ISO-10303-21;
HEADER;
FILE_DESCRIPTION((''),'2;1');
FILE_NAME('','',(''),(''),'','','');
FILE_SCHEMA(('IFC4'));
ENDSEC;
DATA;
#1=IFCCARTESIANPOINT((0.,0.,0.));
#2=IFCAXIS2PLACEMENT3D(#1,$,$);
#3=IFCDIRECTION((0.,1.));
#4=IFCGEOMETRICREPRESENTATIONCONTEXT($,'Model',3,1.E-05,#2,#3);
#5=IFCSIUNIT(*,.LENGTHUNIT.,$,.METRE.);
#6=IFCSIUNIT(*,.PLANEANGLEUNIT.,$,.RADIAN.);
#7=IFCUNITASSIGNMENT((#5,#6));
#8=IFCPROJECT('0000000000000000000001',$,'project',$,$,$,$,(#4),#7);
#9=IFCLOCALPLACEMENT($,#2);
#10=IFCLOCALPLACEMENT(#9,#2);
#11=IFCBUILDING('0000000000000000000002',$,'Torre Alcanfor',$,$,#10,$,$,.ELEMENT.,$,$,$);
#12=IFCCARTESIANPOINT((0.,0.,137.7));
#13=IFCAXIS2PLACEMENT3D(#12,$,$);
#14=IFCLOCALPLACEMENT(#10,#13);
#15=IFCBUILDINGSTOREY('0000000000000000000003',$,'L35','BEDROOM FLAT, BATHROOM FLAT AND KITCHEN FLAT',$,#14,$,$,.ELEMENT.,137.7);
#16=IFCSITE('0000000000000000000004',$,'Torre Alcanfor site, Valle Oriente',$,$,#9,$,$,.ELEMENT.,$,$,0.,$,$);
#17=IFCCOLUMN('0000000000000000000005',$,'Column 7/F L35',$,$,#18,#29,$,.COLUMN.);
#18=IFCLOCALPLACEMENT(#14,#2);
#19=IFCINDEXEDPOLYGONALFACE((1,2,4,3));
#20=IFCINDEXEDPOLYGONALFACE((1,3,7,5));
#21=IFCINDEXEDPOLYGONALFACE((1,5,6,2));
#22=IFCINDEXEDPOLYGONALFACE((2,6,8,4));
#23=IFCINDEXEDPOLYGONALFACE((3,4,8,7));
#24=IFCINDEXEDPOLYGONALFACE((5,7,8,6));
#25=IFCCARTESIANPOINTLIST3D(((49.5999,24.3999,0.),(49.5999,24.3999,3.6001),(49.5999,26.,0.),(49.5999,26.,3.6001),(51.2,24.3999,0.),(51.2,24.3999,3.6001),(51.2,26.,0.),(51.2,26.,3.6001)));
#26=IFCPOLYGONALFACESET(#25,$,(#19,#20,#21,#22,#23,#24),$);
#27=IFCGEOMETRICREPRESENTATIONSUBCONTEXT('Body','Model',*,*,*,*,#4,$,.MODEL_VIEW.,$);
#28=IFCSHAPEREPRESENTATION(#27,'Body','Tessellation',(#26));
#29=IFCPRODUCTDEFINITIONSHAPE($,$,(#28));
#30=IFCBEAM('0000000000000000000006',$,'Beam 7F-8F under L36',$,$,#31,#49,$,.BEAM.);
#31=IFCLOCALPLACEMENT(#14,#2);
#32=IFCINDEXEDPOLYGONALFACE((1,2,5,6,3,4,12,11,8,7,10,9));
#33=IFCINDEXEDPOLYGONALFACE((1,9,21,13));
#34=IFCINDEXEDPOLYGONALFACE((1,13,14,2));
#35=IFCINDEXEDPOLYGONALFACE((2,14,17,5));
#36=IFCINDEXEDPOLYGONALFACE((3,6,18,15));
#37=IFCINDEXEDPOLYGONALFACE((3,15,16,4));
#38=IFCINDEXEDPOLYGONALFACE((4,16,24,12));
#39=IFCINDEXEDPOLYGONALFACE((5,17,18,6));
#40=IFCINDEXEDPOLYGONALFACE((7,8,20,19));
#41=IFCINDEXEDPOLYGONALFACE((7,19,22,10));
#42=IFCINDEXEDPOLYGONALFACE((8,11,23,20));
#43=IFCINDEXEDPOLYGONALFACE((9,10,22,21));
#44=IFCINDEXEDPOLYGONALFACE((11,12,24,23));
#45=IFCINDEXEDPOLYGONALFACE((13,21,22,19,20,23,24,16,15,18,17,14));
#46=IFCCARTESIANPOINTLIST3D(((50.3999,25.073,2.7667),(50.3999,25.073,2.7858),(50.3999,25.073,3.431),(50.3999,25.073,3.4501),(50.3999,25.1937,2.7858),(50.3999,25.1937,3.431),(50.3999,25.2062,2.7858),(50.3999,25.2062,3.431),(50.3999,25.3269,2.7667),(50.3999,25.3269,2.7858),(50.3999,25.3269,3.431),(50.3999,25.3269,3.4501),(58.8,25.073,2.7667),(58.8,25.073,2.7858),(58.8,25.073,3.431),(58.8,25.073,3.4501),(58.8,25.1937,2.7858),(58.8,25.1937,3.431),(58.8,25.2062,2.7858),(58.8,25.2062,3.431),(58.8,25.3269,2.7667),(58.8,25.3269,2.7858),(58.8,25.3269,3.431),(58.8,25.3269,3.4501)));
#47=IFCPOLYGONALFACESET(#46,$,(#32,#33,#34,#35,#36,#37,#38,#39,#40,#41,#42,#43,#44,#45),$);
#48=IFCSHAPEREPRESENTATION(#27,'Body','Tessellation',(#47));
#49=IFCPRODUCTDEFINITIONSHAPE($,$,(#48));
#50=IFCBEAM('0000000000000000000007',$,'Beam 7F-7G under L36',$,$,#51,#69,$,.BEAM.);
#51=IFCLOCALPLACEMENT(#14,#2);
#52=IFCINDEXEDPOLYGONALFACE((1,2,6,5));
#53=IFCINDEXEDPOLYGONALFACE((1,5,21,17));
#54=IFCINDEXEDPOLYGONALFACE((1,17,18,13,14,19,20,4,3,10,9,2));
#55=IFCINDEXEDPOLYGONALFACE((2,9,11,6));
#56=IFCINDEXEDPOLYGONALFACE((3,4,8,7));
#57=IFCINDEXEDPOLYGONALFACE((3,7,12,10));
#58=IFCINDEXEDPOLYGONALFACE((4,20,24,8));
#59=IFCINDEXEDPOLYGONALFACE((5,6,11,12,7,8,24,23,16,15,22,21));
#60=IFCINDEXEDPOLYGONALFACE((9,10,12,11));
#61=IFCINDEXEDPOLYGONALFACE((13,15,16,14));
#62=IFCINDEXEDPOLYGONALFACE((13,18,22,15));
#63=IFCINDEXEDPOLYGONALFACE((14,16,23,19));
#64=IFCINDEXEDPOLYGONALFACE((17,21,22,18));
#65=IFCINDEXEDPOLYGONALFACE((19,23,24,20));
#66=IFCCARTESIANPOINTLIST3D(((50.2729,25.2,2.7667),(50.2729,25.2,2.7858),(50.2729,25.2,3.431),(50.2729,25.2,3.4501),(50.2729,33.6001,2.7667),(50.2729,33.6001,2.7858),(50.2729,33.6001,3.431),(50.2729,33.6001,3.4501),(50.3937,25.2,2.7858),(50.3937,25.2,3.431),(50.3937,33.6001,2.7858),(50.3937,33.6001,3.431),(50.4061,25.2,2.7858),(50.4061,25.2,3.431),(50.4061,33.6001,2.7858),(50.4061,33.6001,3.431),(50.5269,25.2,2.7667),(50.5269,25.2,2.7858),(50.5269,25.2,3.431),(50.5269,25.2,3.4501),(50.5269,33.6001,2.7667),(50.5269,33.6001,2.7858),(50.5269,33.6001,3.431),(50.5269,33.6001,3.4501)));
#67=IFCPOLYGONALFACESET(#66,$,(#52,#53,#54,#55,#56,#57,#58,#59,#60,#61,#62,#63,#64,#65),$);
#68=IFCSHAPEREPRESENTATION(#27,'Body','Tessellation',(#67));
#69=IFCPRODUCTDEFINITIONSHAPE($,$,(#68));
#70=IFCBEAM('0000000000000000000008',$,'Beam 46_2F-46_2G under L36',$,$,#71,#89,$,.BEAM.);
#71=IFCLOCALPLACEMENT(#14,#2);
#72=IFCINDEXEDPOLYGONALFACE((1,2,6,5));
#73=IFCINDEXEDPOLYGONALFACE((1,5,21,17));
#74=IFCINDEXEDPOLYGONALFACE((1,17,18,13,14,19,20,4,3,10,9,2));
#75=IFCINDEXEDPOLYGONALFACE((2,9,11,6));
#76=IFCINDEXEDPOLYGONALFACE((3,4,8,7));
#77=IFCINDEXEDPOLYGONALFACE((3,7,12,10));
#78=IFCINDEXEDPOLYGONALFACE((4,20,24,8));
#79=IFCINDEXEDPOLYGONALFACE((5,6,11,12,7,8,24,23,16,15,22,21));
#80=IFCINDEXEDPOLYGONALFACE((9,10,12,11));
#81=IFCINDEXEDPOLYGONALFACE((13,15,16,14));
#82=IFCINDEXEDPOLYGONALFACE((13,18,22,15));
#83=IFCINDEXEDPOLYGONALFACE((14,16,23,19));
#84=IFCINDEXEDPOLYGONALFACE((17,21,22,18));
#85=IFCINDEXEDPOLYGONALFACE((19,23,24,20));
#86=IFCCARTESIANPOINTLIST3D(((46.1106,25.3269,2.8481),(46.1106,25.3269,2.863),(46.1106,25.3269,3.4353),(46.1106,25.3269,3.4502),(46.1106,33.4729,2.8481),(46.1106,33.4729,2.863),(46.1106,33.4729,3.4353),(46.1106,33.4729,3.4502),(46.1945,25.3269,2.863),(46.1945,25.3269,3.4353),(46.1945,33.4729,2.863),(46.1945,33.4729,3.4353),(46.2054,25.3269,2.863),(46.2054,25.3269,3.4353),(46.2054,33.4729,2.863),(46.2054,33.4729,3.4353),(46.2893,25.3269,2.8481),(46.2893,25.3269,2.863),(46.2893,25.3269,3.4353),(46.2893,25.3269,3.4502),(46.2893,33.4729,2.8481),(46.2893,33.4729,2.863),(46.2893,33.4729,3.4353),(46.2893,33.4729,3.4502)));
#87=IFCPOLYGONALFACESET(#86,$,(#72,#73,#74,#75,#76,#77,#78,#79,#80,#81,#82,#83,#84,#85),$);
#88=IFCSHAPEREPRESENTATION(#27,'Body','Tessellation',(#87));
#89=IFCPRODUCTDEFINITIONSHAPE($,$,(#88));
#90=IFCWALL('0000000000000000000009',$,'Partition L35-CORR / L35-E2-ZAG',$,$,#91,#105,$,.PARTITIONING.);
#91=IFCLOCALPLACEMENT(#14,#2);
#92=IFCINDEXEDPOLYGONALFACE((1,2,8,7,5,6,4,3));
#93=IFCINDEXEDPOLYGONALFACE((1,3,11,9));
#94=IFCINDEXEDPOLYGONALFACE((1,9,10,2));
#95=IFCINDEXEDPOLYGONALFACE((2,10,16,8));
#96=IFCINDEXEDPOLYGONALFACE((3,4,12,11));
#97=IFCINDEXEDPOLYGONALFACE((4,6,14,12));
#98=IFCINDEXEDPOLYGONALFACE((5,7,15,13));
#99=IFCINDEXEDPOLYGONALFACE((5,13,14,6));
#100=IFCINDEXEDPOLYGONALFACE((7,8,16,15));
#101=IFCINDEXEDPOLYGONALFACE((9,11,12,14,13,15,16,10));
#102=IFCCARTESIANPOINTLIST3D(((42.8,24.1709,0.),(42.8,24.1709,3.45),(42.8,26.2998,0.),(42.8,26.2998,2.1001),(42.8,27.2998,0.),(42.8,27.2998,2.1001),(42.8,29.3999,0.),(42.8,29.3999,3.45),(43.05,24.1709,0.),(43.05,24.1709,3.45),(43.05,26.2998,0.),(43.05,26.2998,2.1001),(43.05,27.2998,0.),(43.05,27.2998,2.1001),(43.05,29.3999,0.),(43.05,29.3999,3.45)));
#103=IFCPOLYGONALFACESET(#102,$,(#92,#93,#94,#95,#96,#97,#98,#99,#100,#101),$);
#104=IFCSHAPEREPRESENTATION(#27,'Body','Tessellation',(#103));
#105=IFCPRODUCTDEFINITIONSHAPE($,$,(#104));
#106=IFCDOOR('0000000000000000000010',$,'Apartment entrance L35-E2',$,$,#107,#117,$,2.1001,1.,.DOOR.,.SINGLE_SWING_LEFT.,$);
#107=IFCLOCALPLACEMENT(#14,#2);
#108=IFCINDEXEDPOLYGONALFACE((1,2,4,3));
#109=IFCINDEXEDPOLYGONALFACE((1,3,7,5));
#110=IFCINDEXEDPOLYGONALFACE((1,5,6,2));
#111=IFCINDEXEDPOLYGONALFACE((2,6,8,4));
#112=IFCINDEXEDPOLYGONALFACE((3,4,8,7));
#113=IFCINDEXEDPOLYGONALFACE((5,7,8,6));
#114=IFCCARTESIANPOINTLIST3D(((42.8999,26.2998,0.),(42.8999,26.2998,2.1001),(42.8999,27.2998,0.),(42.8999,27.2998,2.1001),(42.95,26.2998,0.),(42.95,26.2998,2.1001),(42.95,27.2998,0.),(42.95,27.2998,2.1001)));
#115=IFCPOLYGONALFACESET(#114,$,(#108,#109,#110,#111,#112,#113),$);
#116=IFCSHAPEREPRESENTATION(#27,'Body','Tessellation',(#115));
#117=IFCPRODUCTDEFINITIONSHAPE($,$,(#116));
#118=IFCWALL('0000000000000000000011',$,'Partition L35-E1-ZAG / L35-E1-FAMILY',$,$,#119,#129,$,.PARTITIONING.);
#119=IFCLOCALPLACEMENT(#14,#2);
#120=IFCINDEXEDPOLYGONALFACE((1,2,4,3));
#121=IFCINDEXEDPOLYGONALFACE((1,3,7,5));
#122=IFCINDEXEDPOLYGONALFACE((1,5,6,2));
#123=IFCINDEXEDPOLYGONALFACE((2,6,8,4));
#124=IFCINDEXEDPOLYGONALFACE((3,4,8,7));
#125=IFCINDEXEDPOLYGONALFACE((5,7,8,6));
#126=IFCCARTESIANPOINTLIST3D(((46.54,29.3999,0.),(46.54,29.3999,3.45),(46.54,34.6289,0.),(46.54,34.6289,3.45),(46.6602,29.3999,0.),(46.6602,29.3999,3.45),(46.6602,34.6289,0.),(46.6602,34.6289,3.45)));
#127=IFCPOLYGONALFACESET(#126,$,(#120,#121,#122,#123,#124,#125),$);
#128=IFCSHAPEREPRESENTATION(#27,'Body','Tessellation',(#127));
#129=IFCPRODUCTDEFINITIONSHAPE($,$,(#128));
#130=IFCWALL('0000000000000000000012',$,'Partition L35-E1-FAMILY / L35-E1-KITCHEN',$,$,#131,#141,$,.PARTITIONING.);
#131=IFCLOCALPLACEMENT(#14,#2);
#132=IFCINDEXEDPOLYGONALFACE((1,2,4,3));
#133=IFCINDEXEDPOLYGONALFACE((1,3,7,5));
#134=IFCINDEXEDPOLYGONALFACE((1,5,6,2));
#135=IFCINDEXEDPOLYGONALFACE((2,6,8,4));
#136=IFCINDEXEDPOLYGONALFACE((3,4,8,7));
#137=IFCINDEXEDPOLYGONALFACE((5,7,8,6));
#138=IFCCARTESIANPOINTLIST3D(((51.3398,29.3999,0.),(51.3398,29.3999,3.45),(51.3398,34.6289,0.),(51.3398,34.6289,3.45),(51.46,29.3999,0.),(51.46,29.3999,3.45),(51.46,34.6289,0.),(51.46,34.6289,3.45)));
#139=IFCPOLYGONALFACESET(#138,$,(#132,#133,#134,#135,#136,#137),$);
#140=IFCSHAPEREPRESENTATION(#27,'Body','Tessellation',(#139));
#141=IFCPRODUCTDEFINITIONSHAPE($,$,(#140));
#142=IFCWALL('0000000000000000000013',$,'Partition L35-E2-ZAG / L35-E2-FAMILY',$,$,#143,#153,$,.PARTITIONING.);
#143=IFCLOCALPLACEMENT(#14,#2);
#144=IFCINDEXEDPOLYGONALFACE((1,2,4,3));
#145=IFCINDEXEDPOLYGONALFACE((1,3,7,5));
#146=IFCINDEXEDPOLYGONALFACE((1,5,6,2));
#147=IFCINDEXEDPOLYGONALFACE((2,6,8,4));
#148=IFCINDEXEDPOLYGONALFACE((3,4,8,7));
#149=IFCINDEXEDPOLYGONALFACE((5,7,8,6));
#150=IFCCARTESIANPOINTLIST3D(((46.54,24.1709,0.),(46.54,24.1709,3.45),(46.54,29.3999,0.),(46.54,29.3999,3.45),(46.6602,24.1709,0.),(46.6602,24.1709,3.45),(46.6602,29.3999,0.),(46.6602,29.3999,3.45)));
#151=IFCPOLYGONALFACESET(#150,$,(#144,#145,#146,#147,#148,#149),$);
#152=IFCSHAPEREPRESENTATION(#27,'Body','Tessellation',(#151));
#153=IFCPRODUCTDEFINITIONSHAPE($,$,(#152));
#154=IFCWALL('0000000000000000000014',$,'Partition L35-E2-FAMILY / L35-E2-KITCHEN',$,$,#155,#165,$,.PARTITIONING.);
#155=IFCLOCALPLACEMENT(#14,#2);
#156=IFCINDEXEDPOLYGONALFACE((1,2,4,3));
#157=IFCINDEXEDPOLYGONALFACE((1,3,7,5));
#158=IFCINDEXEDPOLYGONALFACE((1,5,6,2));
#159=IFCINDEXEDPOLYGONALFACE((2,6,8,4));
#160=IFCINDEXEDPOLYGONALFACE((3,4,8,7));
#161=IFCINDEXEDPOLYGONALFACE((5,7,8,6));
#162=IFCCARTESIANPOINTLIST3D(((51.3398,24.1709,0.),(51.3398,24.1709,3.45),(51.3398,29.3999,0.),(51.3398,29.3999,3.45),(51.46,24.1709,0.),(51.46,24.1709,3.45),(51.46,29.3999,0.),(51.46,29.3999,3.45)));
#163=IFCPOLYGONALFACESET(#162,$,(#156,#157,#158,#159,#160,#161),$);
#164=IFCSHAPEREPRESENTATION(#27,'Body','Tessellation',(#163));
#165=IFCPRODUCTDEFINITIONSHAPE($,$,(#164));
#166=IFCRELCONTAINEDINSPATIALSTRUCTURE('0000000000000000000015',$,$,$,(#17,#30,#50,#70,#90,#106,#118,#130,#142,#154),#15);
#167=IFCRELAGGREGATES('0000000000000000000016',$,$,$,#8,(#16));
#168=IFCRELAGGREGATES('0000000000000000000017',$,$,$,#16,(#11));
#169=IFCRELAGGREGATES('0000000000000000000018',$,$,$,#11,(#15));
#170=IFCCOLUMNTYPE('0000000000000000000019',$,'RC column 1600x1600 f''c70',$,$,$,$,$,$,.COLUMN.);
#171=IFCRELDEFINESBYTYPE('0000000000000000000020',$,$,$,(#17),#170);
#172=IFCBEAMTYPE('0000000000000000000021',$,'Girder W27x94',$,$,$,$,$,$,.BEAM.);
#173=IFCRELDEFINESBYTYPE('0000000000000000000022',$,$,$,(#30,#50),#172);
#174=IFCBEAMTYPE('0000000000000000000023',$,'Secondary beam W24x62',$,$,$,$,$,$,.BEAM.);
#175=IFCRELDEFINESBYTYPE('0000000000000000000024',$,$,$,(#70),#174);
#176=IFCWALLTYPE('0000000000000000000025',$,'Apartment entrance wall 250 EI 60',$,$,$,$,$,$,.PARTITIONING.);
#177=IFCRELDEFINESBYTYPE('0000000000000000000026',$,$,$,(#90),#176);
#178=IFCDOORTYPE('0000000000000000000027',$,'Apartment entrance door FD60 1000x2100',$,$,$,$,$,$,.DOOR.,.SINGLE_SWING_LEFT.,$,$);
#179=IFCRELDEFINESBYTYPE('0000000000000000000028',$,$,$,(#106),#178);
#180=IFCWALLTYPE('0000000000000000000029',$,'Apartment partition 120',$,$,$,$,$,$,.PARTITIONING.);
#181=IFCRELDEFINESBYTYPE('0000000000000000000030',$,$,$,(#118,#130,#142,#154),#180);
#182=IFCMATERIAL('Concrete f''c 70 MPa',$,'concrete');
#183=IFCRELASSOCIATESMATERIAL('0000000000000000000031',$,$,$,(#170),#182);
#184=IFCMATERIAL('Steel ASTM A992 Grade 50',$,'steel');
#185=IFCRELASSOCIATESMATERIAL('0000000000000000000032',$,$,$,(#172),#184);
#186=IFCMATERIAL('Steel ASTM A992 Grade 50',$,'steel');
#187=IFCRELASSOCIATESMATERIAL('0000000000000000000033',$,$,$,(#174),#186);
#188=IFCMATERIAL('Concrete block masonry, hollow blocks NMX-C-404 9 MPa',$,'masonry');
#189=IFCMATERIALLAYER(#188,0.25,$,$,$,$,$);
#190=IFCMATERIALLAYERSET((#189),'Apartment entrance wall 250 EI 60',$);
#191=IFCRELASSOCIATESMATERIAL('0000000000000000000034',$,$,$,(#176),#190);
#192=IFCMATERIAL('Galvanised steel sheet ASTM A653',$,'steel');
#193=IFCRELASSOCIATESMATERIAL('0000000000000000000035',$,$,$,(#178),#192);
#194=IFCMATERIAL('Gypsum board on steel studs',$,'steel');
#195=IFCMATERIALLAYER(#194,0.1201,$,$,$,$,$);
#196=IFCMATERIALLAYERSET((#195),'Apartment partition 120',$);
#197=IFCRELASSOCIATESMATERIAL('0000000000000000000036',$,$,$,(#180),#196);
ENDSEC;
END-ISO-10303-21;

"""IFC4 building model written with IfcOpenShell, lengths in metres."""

from ifc_helpers import new_model, si_unit, direction, frame, frame_2d, origin, origin_2d, place, context, subcontext, project, spatial, rectangle, i_section, extrude, material, layer, layer_set, material_profile, profile_set, type_object, element, fill, save


model = new_model("IFC4")

# Units and contexts
model_context = context("Model", 3, precision=1e-05, world=origin(), true_north=direction((0.0, 1.0)))
body_context = subcontext(model_context, "Body", "Model", "MODEL_VIEW")
ifc_project = project(units=[si_unit("LENGTHUNIT", "METRE"), si_unit("PLANEANGLEUNIT", "RADIAN")], contexts=[model_context])

# Site, building, storey
site_placement = place(None, origin())
site = spatial("IfcSite", under=ifc_project, at=site_placement, Name="Torre Alcanfor site, Valle Oriente", CompositionType="ELEMENT", RefElevation=0.0)
building_placement = place(site_placement, origin())
building = spatial("IfcBuilding", under=site, at=building_placement, Name="Torre Alcanfor", CompositionType="ELEMENT")
storey_placement = place(building_placement, frame((0.0, 0.0, 137.7)))
storey = spatial("IfcBuildingStorey", under=building, at=storey_placement, Name="L35", Description="BEDROOM FLAT, BATHROOM FLAT AND KITCHEN FLAT", CompositionType="ELEMENT", Elevation=137.7)

# Column
ifc_material_1 = material(Name="Concrete f'c 70 MPa", Category="concrete")
ifc_material_profile_1 = material_profile(ifc_material_1, rectangle(XDim=1.6001, YDim=1.6001, at=origin_2d()), Name="1600x1600")
ifc_profile_set_1 = profile_set([ifc_material_profile_1], Name="Concrete f'c 70 MPa")
column_type = type_object("IfcColumnType", Name="RC column 1600x1600 f'c70", PredefinedType="COLUMN", material=ifc_profile_set_1)
column_placement = place(storey_placement, frame((50.3999, 25.2, 0.0), z_axis=(0.0, 0.0, 1.0), x_axis=(1.0, 0.0, 0.0)))
element("IfcColumn", 1, at=column_placement, inside=storey, type_object=column_type, Name="Column 7/F L35", PredefinedType="COLUMN", context=body_context, shape_type="SweptSolid", body=[
    extrude(rectangle(XDim=1.6001, YDim=1.6001, at=origin_2d()), origin(), (0.0, 0.0, 1.0), 3.6001),
])

# Beams
ifc_material_2 = material(Name="Steel ASTM A992 Grade 50", Category="steel")
ifc_material_profile_2 = material_profile(ifc_material_2, i_section(OverallWidth=0.2539, OverallDepth=0.6833, WebThickness=0.0125, FlangeThickness=0.019, at=origin_2d()), Name="W27x94")
ifc_profile_set_2 = profile_set([ifc_material_profile_2], Name="Steel ASTM A992 Grade 50")
beam_type_1 = type_object("IfcBeamType", Name="Girder W27x94", PredefinedType="BEAM", material=ifc_profile_set_2)
for number, where, z_axis, x_axis, name in (
    (2, (50.3999, 25.2, 3.1084), (1.0, 0.0, 0.0), (0.0, 1.0, 0.0), "Beam 7F-8F under L36"),
    (3, (50.3999, 25.2, 3.1084), (0.0, 1.0, 0.0), (-1.0, 0.0, 0.0), "Beam 7F-7G under L36"),
):
    element("IfcBeam", number, at=place(storey_placement, frame(where, z_axis=z_axis, x_axis=x_axis)), inside=storey, type_object=beam_type_1, Name=name, PredefinedType="BEAM", context=body_context, shape_type="SweptSolid", body=[
        extrude(i_section(OverallWidth=0.2539, OverallDepth=0.6833, WebThickness=0.0125, FlangeThickness=0.019, at=origin_2d()), origin(), (0.0, 0.0, 1.0), 8.4001),
    ])
ifc_material_3 = material(Name="Steel ASTM A992 Grade 50", Category="steel")
ifc_material_profile_3 = material_profile(ifc_material_3, i_section(OverallWidth=0.1787, OverallDepth=0.6021, WebThickness=0.011, FlangeThickness=0.0149, at=origin_2d()), Name="W24x62")
ifc_profile_set_3 = profile_set([ifc_material_profile_3], Name="Steel ASTM A992 Grade 50")
beam_type_2 = type_object("IfcBeamType", Name="Secondary beam W24x62", PredefinedType="BEAM", material=ifc_profile_set_3)
beam_placement = place(storey_placement, frame((46.2, 25.3269, 3.1492), z_axis=(0.0, 1.0, 0.0), x_axis=(-1.0, 0.0, 0.0)))
element("IfcBeam", 4, at=beam_placement, inside=storey, type_object=beam_type_2, Name="Beam 46_2F-46_2G under L36", PredefinedType="BEAM", context=body_context, shape_type="SweptSolid", body=[
    extrude(i_section(OverallWidth=0.1787, OverallDepth=0.6021, WebThickness=0.011, FlangeThickness=0.0149, at=origin_2d()), origin(), (0.0, 0.0, 1.0), 8.146),
])

# Wall, opening, door
ifc_material_4 = material(Name="Concrete block masonry, hollow blocks NMX-C-404 9 MPa", Category="masonry")
ifc_layer_1 = layer(ifc_material_4, 0.25)
ifc_layer_set_1 = layer_set([ifc_layer_1], Name="Apartment entrance wall 250 EI 60")
wall_type_1 = type_object("IfcWallType", Name="Apartment entrance wall 250 EI 60", PredefinedType="PARTITIONING", material=ifc_layer_set_1)
wall_1_placement = place(storey_placement, frame((42.925, 29.3999, 0.0), z_axis=(0.0, 0.0, 1.0), x_axis=(0.0, -1.0, 0.0)))
wall_1 = element("IfcWall", 5, at=wall_1_placement, inside=storey, type_object=wall_type_1, Name="Partition L35-CORR / L35-E2-ZAG", PredefinedType="PARTITIONING", context=body_context, shape_type="SweptSolid", body=[
    extrude(rectangle(XDim=5.229, YDim=0.25, at=frame_2d((2.6145, 0.0))), origin(), (0.0, 0.0, 1.0), 3.45),
])
opening_1_placement = place(wall_1_placement, frame((2.1001, 0.0, 0.0)))
opening_1 = element("IfcOpeningElement", 6, at=opening_1_placement, cuts=wall_1, PredefinedType="OPENING", context=body_context, shape_type="SweptSolid", body=[
    extrude(rectangle(XDim=1.0, YDim=2.1001, at=frame_2d((0.5, 1.05))), frame((0.0, 0.135, 0.0), z_axis=(0.0, -1.0, 0.0), x_axis=(1.0, 0.0, 0.0)), (0.0, 0.0, 1.0), 0.27),
])
ifc_material_5 = material(Name="Galvanised steel sheet ASTM A653", Category="steel")
door_type_1 = type_object("IfcDoorType", Name="Apartment entrance door FD60 1000x2100", OperationType="SINGLE_SWING_LEFT", PredefinedType="DOOR", material=ifc_material_5)
door_1_placement = place(opening_1_placement, origin())
door_1 = element("IfcDoor", 7, at=door_1_placement, inside=storey, type_object=door_type_1, Name="Apartment entrance L35-E2", OperationType="SINGLE_SWING_LEFT", OverallHeight=2.1001, OverallWidth=1.0, PredefinedType="DOOR", context=body_context, shape_type="SweptSolid", body=[
    extrude(rectangle(XDim=1.0, YDim=2.1001, at=frame_2d((0.5, 1.05))), frame((0.0, 0.0249, 0.0), z_axis=(0.0, -1.0, 0.0), x_axis=(1.0, 0.0, 0.0)), (0.0, 0.0, 1.0), 0.05),
])
fill(opening_1, door_1)

# Walls
ifc_material_6 = material(Name="Gypsum board on steel studs", Category="steel")
ifc_layer_2 = layer(ifc_material_6, 0.1201)
ifc_layer_set_2 = layer_set([ifc_layer_2], Name="Apartment partition 120")
wall_type_2 = type_object("IfcWallType", Name="Apartment partition 120", PredefinedType="PARTITIONING", material=ifc_layer_set_2)
for number, where, z_axis, x_axis, name in (
    (8, (46.6001, 29.3999, 0.0), (0.0, 0.0, 1.0), (0.0, 1.0, 0.0), "Partition L35-E1-ZAG / L35-E1-FAMILY"),
    (9, (51.3999, 29.3999, 0.0), (0.0, 0.0, 1.0), (0.0, 1.0, 0.0), "Partition L35-E1-FAMILY / L35-E1-KITCHEN"),
    (10, (46.6001, 29.3999, 0.0), (0.0, 0.0, 1.0), (0.0, -1.0, 0.0), "Partition L35-E2-ZAG / L35-E2-FAMILY"),
    (11, (51.3999, 29.3999, 0.0), (0.0, 0.0, 1.0), (0.0, -1.0, 0.0), "Partition L35-E2-FAMILY / L35-E2-KITCHEN"),
):
    element("IfcWall", number, at=place(storey_placement, frame(where, z_axis=z_axis, x_axis=x_axis)), inside=storey, type_object=wall_type_2, Name=name, PredefinedType="PARTITIONING", context=body_context, shape_type="SweptSolid", body=[
        extrude(rectangle(XDim=5.229, YDim=0.1201, at=frame_2d((2.6145, 0.0))), origin(), (0.0, 0.0, 1.0), 3.45),
    ])

save(model, "model.ifc")
